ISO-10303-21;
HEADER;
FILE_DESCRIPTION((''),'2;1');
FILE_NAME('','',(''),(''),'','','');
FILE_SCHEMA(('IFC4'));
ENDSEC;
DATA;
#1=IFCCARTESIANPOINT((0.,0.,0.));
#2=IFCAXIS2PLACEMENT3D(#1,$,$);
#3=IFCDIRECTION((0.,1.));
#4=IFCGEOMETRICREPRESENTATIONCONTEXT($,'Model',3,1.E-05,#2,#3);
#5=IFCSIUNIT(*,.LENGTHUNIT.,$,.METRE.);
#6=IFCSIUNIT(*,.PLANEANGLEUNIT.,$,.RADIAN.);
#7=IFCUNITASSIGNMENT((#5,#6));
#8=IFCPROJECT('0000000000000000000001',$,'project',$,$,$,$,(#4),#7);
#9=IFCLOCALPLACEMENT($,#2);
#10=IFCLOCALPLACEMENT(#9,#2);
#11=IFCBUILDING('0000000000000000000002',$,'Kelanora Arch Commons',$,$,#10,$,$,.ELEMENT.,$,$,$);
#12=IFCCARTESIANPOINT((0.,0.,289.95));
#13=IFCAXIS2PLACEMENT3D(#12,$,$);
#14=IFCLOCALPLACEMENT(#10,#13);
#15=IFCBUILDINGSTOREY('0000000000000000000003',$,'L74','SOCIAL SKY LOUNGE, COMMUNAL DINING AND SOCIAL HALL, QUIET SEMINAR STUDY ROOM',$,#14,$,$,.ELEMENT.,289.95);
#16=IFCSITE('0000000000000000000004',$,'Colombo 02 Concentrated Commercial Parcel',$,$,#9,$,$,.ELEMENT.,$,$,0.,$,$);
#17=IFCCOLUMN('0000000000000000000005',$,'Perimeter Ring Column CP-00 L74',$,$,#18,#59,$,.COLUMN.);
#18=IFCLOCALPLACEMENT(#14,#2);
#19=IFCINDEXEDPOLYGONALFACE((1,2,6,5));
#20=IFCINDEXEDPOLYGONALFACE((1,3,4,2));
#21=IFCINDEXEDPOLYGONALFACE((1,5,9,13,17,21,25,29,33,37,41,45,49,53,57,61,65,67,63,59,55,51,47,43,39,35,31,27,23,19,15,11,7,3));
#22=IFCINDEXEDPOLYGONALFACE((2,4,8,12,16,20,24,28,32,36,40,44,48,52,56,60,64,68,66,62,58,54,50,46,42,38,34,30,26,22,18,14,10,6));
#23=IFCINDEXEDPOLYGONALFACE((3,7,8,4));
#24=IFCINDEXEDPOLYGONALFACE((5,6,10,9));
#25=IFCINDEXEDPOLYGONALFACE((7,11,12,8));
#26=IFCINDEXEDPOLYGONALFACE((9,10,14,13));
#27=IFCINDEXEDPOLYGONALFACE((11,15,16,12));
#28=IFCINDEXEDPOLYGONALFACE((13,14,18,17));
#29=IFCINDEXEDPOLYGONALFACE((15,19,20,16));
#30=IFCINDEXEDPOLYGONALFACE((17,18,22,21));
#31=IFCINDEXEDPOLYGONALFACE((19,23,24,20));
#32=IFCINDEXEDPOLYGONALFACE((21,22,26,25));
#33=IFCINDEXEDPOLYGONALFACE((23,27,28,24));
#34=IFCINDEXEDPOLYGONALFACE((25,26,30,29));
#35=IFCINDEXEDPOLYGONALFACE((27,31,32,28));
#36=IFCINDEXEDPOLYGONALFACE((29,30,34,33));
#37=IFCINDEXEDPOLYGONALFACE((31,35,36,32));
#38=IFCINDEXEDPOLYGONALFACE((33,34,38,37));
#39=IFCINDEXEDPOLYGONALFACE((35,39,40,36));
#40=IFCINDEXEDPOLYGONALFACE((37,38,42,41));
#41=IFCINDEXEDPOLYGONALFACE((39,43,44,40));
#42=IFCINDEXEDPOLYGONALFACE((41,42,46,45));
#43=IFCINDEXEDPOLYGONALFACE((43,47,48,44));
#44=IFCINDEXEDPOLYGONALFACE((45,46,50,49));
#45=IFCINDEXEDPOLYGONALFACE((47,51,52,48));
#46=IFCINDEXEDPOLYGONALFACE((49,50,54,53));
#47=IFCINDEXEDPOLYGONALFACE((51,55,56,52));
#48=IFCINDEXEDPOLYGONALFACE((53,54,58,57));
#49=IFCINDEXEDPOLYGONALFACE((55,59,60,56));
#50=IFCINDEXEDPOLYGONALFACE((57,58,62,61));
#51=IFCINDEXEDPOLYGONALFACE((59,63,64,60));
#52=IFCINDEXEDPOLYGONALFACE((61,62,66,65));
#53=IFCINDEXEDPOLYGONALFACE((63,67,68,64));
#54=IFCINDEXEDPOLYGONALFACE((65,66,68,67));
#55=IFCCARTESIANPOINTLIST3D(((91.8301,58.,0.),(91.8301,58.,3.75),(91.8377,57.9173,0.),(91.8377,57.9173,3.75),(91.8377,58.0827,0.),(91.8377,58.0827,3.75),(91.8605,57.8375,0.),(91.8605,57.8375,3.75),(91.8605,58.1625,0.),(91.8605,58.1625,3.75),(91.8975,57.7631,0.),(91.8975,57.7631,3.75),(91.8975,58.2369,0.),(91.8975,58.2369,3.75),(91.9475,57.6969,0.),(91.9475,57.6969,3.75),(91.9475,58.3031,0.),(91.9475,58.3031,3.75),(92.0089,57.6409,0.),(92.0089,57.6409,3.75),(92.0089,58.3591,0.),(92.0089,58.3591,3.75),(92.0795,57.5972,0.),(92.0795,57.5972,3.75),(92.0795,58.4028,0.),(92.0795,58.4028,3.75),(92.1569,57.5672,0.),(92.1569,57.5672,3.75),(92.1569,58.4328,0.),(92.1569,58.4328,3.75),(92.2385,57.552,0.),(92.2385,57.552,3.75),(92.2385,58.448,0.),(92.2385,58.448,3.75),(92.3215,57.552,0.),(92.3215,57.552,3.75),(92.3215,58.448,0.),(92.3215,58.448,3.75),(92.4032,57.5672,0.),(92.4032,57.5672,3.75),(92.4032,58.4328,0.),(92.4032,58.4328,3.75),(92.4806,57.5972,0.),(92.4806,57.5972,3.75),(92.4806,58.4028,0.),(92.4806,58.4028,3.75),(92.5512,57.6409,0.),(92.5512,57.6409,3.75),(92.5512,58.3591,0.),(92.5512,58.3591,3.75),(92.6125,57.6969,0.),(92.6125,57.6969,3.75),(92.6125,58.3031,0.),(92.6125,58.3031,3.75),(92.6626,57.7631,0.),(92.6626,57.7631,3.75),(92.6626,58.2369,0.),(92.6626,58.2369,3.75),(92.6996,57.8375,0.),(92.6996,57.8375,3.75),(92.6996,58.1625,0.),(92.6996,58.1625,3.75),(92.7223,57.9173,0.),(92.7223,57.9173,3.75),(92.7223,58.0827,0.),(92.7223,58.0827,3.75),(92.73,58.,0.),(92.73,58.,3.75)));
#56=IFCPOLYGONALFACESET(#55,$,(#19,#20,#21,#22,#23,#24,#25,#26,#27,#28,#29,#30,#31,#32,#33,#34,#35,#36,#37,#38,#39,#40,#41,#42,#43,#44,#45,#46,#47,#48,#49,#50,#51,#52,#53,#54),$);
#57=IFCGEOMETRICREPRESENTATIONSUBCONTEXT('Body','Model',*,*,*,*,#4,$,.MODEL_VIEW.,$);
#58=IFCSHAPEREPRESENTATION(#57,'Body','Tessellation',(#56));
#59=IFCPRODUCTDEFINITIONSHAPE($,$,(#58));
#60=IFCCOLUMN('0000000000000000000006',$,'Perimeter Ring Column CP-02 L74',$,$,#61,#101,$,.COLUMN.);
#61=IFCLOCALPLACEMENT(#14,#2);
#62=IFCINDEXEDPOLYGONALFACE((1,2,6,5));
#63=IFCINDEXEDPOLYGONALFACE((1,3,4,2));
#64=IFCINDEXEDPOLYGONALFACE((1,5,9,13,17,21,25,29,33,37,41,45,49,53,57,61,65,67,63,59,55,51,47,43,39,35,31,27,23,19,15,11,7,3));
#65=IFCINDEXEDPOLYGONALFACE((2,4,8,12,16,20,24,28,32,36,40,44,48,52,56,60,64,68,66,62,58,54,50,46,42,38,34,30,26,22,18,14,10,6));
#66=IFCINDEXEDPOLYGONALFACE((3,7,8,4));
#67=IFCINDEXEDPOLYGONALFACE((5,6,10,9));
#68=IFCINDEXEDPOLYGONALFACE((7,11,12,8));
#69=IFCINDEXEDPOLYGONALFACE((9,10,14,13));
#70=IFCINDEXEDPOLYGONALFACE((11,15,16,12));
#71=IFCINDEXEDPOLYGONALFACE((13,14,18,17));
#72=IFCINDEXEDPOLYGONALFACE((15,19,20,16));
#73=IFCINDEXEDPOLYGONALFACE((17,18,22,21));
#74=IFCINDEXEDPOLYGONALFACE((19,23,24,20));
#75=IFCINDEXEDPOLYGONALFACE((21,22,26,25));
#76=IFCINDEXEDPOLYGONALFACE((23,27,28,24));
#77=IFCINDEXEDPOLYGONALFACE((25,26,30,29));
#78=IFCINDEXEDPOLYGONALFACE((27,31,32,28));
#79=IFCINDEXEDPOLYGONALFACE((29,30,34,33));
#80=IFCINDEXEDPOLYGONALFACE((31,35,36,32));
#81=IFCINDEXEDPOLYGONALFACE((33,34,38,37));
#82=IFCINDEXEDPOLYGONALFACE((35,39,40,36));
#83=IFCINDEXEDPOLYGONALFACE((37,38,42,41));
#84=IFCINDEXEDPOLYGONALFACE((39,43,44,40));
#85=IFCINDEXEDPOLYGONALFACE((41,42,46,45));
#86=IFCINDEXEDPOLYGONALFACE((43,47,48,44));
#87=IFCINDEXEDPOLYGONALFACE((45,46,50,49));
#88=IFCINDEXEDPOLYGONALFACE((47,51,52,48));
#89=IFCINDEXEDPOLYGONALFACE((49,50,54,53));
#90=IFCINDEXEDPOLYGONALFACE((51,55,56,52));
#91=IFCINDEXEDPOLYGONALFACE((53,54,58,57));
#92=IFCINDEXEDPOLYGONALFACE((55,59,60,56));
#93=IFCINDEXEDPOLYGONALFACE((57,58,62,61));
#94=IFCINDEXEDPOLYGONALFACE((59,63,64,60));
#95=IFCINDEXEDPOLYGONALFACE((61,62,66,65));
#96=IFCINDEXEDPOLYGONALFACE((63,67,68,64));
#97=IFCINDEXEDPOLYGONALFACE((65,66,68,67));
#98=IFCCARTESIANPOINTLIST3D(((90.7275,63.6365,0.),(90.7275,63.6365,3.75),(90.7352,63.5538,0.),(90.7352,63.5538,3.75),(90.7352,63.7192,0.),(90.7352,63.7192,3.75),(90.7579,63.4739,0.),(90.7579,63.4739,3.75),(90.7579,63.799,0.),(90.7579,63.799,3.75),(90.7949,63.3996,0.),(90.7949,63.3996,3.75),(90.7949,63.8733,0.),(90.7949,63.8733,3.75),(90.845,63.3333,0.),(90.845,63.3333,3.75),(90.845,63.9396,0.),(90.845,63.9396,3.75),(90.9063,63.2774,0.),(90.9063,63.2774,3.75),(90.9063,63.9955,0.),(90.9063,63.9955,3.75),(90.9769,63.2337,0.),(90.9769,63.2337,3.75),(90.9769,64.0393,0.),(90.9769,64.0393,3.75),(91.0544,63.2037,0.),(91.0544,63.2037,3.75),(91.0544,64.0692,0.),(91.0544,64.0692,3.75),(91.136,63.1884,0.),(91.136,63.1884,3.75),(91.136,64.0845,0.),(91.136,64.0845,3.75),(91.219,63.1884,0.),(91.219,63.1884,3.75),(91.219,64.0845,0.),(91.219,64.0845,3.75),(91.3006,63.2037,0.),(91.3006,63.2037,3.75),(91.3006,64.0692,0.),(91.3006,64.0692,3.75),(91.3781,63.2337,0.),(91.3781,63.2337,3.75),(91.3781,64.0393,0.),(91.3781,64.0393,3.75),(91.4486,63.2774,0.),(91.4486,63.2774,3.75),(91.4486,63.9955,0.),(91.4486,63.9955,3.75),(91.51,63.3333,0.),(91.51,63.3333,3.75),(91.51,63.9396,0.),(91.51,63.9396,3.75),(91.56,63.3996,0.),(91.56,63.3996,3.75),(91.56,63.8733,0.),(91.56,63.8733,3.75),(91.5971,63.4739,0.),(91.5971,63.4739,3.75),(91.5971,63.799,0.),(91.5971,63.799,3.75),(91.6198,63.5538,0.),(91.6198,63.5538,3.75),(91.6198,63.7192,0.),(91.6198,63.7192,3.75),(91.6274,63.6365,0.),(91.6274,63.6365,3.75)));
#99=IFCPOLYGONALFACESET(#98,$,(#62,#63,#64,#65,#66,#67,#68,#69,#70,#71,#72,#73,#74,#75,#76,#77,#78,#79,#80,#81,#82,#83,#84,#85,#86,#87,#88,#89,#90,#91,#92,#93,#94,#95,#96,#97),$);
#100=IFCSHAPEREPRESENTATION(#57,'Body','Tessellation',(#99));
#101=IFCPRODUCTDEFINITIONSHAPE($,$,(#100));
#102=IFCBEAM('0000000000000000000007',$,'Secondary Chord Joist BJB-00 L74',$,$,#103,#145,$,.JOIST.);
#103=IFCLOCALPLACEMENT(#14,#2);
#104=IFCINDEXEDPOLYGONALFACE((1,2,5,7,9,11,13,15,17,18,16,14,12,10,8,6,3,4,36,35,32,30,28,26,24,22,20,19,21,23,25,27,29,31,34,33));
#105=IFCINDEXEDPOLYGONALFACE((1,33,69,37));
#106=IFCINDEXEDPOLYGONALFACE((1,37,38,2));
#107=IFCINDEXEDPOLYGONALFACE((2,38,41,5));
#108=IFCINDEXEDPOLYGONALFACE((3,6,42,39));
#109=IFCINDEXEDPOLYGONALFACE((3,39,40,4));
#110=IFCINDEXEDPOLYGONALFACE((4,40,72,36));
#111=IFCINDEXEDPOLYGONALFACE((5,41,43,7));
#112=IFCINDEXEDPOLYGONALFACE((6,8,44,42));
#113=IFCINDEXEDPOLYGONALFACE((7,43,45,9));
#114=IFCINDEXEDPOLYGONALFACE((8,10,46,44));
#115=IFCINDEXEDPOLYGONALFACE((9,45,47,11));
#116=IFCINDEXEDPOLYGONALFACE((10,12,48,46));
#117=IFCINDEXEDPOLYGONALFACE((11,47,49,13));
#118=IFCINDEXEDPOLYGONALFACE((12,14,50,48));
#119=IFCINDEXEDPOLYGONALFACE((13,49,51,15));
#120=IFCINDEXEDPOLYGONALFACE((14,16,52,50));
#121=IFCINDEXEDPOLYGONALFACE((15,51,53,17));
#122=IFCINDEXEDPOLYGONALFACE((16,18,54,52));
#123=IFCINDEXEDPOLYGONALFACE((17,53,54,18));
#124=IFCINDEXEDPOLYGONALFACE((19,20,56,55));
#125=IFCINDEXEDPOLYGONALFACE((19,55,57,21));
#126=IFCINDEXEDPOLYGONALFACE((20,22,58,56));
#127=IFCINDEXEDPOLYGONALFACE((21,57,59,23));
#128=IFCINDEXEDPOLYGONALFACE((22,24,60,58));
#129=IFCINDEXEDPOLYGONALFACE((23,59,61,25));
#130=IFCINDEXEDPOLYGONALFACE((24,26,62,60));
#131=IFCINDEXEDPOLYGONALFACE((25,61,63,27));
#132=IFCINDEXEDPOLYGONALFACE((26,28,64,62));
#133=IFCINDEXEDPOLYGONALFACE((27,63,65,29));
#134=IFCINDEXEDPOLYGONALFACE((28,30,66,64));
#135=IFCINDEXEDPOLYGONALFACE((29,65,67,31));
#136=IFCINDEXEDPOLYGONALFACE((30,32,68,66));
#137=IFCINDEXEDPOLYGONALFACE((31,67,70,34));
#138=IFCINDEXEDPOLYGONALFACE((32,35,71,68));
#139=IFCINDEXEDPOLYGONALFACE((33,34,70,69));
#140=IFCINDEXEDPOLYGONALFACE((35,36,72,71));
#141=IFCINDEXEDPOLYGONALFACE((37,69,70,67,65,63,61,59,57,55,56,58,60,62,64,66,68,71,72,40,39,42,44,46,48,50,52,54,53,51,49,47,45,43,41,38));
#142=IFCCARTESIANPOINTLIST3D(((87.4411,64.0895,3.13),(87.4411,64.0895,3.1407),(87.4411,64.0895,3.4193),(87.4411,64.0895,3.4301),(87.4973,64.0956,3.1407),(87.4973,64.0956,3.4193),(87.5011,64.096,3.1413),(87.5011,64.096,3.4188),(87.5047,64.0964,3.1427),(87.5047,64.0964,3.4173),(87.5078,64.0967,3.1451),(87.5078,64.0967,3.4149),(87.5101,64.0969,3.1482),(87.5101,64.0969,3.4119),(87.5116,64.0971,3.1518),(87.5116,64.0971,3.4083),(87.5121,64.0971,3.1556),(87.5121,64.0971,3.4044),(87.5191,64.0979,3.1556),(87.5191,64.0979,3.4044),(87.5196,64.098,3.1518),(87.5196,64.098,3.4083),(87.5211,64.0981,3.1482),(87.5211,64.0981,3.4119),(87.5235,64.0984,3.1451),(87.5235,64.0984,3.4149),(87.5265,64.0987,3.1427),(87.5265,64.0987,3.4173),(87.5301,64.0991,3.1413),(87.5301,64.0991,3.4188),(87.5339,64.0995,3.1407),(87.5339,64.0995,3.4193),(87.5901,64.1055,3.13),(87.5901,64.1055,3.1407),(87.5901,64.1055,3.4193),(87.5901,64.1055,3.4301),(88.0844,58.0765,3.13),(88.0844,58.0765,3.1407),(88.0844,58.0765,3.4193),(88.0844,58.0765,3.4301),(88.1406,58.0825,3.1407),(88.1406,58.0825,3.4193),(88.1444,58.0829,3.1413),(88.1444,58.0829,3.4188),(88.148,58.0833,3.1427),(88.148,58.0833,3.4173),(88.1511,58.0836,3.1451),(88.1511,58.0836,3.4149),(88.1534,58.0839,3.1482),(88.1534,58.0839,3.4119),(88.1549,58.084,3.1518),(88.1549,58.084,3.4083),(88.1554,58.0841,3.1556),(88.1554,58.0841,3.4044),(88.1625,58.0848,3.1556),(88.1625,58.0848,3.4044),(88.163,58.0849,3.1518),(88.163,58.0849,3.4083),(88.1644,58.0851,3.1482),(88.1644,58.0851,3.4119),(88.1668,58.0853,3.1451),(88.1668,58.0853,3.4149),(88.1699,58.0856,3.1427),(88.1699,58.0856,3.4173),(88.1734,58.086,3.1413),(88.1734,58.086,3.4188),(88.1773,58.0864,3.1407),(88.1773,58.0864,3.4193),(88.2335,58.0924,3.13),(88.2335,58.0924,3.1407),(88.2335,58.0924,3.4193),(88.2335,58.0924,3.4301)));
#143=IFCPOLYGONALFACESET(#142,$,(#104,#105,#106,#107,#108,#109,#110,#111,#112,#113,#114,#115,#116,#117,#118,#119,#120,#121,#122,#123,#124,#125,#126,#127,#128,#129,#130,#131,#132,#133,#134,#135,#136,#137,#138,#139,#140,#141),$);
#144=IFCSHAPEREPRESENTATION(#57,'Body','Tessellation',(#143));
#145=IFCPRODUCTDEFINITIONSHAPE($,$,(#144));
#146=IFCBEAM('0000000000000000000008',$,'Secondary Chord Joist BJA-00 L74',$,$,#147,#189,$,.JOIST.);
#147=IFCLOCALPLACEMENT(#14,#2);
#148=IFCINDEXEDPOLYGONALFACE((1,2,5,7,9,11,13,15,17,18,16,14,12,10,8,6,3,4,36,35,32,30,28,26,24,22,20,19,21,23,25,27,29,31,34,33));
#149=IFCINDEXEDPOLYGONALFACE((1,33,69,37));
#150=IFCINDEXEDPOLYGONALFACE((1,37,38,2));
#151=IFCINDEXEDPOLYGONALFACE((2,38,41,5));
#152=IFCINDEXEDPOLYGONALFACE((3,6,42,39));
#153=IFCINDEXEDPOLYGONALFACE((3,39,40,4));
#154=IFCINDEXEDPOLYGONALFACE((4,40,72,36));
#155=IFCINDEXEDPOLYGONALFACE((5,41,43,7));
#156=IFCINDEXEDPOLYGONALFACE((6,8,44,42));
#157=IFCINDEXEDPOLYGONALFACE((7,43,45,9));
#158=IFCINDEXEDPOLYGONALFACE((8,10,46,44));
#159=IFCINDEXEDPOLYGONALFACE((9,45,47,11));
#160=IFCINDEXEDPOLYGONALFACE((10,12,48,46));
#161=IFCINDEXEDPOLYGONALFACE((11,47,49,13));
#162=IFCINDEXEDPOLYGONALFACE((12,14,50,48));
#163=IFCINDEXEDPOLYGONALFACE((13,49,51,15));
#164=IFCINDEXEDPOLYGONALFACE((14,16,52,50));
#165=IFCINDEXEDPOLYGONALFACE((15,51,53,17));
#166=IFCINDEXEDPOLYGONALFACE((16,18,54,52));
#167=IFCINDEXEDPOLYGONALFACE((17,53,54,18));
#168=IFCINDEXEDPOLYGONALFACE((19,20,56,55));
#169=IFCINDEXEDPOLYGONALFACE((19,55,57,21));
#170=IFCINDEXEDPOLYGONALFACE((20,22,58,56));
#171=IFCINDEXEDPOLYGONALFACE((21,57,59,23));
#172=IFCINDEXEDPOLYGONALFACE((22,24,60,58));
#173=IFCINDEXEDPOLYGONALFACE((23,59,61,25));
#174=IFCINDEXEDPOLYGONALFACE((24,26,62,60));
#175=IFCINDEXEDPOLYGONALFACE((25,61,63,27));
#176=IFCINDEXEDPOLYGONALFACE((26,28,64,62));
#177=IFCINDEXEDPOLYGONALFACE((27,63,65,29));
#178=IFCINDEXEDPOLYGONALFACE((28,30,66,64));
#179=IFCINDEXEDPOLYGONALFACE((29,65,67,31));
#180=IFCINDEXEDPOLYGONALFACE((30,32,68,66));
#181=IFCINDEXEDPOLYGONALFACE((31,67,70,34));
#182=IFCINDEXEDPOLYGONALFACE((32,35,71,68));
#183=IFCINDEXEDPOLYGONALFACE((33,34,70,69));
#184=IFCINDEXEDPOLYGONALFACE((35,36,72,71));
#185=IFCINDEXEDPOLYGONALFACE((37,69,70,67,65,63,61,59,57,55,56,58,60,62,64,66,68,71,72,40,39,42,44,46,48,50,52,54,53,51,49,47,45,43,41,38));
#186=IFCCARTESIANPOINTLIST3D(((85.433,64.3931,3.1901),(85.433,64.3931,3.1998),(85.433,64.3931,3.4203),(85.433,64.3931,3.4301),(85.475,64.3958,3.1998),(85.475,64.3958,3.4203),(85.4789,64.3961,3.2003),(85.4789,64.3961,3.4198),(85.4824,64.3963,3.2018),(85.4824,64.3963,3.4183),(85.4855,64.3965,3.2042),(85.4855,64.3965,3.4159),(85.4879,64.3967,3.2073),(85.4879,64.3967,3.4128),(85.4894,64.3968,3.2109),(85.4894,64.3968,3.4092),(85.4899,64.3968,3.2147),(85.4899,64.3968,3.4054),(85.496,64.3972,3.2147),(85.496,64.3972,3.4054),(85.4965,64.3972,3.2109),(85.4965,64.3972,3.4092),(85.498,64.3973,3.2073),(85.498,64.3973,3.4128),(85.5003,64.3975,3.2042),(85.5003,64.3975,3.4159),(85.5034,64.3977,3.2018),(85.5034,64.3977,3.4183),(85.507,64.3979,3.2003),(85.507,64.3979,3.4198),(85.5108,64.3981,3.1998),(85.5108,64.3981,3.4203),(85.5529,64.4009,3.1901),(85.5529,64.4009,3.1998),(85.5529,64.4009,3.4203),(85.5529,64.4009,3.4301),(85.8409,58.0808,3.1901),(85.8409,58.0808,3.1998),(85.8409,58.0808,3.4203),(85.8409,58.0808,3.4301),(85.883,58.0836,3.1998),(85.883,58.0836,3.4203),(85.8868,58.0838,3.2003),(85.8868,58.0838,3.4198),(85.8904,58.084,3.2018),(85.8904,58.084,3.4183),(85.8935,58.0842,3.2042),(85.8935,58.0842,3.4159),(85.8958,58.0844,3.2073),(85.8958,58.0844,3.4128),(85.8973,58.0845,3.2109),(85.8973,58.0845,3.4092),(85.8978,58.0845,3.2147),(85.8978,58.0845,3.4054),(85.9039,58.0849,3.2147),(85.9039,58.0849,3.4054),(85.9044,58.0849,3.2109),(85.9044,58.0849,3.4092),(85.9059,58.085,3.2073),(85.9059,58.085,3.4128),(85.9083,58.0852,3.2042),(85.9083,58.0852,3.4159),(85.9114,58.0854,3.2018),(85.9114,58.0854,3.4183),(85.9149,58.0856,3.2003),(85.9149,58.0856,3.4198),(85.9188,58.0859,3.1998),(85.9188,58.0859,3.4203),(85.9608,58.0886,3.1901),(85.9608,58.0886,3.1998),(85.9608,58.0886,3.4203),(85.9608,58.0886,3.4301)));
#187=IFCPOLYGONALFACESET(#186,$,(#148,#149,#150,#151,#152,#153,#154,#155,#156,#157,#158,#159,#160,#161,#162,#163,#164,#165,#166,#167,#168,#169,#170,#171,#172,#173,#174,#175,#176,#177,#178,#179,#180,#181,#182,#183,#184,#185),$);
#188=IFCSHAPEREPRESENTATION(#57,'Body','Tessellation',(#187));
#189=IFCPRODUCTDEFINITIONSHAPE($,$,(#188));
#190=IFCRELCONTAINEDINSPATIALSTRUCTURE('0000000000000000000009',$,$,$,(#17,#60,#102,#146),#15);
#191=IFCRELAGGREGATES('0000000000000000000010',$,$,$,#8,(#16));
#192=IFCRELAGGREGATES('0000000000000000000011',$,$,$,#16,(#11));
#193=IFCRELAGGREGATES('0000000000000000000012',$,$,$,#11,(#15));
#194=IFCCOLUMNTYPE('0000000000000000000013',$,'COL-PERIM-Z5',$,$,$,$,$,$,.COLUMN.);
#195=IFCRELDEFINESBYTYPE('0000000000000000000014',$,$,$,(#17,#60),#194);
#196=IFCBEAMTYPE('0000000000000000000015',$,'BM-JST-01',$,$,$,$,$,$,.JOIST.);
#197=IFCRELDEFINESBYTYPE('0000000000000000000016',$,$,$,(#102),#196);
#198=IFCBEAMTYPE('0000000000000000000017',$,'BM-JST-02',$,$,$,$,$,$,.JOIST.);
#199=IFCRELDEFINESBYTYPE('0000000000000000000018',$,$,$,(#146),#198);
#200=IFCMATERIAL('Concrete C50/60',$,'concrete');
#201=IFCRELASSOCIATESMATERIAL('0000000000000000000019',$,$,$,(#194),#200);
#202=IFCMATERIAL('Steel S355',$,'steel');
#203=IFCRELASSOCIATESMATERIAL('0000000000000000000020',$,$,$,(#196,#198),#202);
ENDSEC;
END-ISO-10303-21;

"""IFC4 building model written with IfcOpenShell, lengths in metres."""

from ifc_helpers import new_model, si_unit, direction, frame, origin, origin_2d, place, context, subcontext, project, spatial, circle, i_section, extrude, material, material_profile, profile_set, type_object, element, save


model = new_model("IFC4")

# Units and contexts
model_context = context("Model", 3, precision=1e-05, world=origin(), true_north=direction((0.0, 1.0)))
body_context = subcontext(model_context, "Body", "Model", "MODEL_VIEW")
ifc_project = project(units=[si_unit("LENGTHUNIT", "METRE"), si_unit("PLANEANGLEUNIT", "RADIAN")], contexts=[model_context])

# Site, building, storey
site_placement = place(None, origin())
site = spatial("IfcSite", under=ifc_project, at=site_placement, Name="Colombo 02 Concentrated Commercial Parcel", CompositionType="ELEMENT", RefElevation=0.0)
building_placement = place(site_placement, origin())
building = spatial("IfcBuilding", under=site, at=building_placement, Name="Kelanora Arch Commons", CompositionType="ELEMENT")
storey_placement = place(building_placement, frame((0.0, 0.0, 289.95)))
storey = spatial("IfcBuildingStorey", under=building, at=storey_placement, Name="L74", Description="SOCIAL SKY LOUNGE, COMMUNAL DINING AND SOCIAL HALL, QUIET SEMINAR STUDY ROOM", CompositionType="ELEMENT", Elevation=289.95)

# Columns
ifc_material_1 = material(Name="Concrete C50/60", Category="concrete")
ifc_material_profile_1 = material_profile(ifc_material_1, circle(Radius=0.45, at=origin_2d()), Name="RCC900")
ifc_profile_set_1 = profile_set([ifc_material_profile_1], Name="Concrete C50/60")
column_type = type_object("IfcColumnType", Name="COL-PERIM-Z5", PredefinedType="COLUMN", material=ifc_profile_set_1)
for number, where, z_axis, x_axis, name in (
    (1, (92.28, 58.0, 0.0), (0.0, 0.0, 1.0), (1.0, 0.0, 0.0), "Perimeter Ring Column CP-00 L74"),
    (2, (91.1775, 63.6365, 0.0), (0.0, 0.0, 1.0), (1.0, 0.0, 0.0), "Perimeter Ring Column CP-02 L74"),
):
    element("IfcColumn", number, at=place(storey_placement, frame(where, z_axis=z_axis, x_axis=x_axis)), inside=storey, type_object=column_type, Name=name, PredefinedType="COLUMN", context=body_context, shape_type="SweptSolid", body=[
        extrude(circle(Radius=0.45, at=origin_2d()), origin(), (0.0, 0.0, 1.0), 3.75),
    ])

# Beams
ifc_material_2 = material(Name="Steel S355", Category="steel")
ifc_material_profile_2 = material_profile(ifc_material_2, i_section(OverallWidth=0.1499, OverallDepth=0.3, WebThickness=0.0071, FlangeThickness=0.0107, FilletRadius=0.0149, at=origin_2d()), Name="IPE300")
ifc_profile_set_2 = profile_set([ifc_material_profile_2], Name="Steel S355")
beam_type_1 = type_object("IfcBeamType", Name="BM-JST-01", PredefinedType="JOIST", material=ifc_profile_set_2)
beam_1_placement = place(storey_placement, frame((88.1589, 58.0845, 3.28), z_axis=(-0.106381, 0.994325, 0.0), x_axis=(-0.994325, -0.106381, 0.0)))
element("IfcBeam", 3, at=beam_1_placement, inside=storey, type_object=beam_type_1, Name="Secondary Chord Joist BJB-00 L74", PredefinedType="JOIST", context=body_context, shape_type="SweptSolid", body=[
    extrude(i_section(OverallWidth=0.1499, OverallDepth=0.3, WebThickness=0.0071, FlangeThickness=0.0107, FilletRadius=0.0149, at=origin_2d()), origin(), (0.0, 0.0, 1.0), 6.0474),
])
ifc_material_profile_3 = material_profile(ifc_material_2, i_section(OverallWidth=0.1201, OverallDepth=0.24, WebThickness=0.0061, FlangeThickness=0.0098, FilletRadius=0.0149, at=origin_2d()), Name="IPE240")
ifc_profile_set_3 = profile_set([ifc_material_profile_3], Name="Steel S355")
beam_type_2 = type_object("IfcBeamType", Name="BM-JST-02", PredefinedType="JOIST", material=ifc_profile_set_3)
beam_2_placement = place(storey_placement, frame((85.9009, 58.0847, 3.3101), z_axis=(-0.064495, 0.997918, 0.0), x_axis=(-0.997918, -0.064495, 0.0)))
element("IfcBeam", 4, at=beam_2_placement, inside=storey, type_object=beam_type_2, Name="Secondary Chord Joist BJA-00 L74", PredefinedType="JOIST", context=body_context, shape_type="SweptSolid", body=[
    extrude(i_section(OverallWidth=0.1201, OverallDepth=0.24, WebThickness=0.0061, FlangeThickness=0.0098, FilletRadius=0.0149, at=origin_2d()), origin(), (0.0, 0.0, 1.0), 6.3254),
])

save(model, "model.ifc")
